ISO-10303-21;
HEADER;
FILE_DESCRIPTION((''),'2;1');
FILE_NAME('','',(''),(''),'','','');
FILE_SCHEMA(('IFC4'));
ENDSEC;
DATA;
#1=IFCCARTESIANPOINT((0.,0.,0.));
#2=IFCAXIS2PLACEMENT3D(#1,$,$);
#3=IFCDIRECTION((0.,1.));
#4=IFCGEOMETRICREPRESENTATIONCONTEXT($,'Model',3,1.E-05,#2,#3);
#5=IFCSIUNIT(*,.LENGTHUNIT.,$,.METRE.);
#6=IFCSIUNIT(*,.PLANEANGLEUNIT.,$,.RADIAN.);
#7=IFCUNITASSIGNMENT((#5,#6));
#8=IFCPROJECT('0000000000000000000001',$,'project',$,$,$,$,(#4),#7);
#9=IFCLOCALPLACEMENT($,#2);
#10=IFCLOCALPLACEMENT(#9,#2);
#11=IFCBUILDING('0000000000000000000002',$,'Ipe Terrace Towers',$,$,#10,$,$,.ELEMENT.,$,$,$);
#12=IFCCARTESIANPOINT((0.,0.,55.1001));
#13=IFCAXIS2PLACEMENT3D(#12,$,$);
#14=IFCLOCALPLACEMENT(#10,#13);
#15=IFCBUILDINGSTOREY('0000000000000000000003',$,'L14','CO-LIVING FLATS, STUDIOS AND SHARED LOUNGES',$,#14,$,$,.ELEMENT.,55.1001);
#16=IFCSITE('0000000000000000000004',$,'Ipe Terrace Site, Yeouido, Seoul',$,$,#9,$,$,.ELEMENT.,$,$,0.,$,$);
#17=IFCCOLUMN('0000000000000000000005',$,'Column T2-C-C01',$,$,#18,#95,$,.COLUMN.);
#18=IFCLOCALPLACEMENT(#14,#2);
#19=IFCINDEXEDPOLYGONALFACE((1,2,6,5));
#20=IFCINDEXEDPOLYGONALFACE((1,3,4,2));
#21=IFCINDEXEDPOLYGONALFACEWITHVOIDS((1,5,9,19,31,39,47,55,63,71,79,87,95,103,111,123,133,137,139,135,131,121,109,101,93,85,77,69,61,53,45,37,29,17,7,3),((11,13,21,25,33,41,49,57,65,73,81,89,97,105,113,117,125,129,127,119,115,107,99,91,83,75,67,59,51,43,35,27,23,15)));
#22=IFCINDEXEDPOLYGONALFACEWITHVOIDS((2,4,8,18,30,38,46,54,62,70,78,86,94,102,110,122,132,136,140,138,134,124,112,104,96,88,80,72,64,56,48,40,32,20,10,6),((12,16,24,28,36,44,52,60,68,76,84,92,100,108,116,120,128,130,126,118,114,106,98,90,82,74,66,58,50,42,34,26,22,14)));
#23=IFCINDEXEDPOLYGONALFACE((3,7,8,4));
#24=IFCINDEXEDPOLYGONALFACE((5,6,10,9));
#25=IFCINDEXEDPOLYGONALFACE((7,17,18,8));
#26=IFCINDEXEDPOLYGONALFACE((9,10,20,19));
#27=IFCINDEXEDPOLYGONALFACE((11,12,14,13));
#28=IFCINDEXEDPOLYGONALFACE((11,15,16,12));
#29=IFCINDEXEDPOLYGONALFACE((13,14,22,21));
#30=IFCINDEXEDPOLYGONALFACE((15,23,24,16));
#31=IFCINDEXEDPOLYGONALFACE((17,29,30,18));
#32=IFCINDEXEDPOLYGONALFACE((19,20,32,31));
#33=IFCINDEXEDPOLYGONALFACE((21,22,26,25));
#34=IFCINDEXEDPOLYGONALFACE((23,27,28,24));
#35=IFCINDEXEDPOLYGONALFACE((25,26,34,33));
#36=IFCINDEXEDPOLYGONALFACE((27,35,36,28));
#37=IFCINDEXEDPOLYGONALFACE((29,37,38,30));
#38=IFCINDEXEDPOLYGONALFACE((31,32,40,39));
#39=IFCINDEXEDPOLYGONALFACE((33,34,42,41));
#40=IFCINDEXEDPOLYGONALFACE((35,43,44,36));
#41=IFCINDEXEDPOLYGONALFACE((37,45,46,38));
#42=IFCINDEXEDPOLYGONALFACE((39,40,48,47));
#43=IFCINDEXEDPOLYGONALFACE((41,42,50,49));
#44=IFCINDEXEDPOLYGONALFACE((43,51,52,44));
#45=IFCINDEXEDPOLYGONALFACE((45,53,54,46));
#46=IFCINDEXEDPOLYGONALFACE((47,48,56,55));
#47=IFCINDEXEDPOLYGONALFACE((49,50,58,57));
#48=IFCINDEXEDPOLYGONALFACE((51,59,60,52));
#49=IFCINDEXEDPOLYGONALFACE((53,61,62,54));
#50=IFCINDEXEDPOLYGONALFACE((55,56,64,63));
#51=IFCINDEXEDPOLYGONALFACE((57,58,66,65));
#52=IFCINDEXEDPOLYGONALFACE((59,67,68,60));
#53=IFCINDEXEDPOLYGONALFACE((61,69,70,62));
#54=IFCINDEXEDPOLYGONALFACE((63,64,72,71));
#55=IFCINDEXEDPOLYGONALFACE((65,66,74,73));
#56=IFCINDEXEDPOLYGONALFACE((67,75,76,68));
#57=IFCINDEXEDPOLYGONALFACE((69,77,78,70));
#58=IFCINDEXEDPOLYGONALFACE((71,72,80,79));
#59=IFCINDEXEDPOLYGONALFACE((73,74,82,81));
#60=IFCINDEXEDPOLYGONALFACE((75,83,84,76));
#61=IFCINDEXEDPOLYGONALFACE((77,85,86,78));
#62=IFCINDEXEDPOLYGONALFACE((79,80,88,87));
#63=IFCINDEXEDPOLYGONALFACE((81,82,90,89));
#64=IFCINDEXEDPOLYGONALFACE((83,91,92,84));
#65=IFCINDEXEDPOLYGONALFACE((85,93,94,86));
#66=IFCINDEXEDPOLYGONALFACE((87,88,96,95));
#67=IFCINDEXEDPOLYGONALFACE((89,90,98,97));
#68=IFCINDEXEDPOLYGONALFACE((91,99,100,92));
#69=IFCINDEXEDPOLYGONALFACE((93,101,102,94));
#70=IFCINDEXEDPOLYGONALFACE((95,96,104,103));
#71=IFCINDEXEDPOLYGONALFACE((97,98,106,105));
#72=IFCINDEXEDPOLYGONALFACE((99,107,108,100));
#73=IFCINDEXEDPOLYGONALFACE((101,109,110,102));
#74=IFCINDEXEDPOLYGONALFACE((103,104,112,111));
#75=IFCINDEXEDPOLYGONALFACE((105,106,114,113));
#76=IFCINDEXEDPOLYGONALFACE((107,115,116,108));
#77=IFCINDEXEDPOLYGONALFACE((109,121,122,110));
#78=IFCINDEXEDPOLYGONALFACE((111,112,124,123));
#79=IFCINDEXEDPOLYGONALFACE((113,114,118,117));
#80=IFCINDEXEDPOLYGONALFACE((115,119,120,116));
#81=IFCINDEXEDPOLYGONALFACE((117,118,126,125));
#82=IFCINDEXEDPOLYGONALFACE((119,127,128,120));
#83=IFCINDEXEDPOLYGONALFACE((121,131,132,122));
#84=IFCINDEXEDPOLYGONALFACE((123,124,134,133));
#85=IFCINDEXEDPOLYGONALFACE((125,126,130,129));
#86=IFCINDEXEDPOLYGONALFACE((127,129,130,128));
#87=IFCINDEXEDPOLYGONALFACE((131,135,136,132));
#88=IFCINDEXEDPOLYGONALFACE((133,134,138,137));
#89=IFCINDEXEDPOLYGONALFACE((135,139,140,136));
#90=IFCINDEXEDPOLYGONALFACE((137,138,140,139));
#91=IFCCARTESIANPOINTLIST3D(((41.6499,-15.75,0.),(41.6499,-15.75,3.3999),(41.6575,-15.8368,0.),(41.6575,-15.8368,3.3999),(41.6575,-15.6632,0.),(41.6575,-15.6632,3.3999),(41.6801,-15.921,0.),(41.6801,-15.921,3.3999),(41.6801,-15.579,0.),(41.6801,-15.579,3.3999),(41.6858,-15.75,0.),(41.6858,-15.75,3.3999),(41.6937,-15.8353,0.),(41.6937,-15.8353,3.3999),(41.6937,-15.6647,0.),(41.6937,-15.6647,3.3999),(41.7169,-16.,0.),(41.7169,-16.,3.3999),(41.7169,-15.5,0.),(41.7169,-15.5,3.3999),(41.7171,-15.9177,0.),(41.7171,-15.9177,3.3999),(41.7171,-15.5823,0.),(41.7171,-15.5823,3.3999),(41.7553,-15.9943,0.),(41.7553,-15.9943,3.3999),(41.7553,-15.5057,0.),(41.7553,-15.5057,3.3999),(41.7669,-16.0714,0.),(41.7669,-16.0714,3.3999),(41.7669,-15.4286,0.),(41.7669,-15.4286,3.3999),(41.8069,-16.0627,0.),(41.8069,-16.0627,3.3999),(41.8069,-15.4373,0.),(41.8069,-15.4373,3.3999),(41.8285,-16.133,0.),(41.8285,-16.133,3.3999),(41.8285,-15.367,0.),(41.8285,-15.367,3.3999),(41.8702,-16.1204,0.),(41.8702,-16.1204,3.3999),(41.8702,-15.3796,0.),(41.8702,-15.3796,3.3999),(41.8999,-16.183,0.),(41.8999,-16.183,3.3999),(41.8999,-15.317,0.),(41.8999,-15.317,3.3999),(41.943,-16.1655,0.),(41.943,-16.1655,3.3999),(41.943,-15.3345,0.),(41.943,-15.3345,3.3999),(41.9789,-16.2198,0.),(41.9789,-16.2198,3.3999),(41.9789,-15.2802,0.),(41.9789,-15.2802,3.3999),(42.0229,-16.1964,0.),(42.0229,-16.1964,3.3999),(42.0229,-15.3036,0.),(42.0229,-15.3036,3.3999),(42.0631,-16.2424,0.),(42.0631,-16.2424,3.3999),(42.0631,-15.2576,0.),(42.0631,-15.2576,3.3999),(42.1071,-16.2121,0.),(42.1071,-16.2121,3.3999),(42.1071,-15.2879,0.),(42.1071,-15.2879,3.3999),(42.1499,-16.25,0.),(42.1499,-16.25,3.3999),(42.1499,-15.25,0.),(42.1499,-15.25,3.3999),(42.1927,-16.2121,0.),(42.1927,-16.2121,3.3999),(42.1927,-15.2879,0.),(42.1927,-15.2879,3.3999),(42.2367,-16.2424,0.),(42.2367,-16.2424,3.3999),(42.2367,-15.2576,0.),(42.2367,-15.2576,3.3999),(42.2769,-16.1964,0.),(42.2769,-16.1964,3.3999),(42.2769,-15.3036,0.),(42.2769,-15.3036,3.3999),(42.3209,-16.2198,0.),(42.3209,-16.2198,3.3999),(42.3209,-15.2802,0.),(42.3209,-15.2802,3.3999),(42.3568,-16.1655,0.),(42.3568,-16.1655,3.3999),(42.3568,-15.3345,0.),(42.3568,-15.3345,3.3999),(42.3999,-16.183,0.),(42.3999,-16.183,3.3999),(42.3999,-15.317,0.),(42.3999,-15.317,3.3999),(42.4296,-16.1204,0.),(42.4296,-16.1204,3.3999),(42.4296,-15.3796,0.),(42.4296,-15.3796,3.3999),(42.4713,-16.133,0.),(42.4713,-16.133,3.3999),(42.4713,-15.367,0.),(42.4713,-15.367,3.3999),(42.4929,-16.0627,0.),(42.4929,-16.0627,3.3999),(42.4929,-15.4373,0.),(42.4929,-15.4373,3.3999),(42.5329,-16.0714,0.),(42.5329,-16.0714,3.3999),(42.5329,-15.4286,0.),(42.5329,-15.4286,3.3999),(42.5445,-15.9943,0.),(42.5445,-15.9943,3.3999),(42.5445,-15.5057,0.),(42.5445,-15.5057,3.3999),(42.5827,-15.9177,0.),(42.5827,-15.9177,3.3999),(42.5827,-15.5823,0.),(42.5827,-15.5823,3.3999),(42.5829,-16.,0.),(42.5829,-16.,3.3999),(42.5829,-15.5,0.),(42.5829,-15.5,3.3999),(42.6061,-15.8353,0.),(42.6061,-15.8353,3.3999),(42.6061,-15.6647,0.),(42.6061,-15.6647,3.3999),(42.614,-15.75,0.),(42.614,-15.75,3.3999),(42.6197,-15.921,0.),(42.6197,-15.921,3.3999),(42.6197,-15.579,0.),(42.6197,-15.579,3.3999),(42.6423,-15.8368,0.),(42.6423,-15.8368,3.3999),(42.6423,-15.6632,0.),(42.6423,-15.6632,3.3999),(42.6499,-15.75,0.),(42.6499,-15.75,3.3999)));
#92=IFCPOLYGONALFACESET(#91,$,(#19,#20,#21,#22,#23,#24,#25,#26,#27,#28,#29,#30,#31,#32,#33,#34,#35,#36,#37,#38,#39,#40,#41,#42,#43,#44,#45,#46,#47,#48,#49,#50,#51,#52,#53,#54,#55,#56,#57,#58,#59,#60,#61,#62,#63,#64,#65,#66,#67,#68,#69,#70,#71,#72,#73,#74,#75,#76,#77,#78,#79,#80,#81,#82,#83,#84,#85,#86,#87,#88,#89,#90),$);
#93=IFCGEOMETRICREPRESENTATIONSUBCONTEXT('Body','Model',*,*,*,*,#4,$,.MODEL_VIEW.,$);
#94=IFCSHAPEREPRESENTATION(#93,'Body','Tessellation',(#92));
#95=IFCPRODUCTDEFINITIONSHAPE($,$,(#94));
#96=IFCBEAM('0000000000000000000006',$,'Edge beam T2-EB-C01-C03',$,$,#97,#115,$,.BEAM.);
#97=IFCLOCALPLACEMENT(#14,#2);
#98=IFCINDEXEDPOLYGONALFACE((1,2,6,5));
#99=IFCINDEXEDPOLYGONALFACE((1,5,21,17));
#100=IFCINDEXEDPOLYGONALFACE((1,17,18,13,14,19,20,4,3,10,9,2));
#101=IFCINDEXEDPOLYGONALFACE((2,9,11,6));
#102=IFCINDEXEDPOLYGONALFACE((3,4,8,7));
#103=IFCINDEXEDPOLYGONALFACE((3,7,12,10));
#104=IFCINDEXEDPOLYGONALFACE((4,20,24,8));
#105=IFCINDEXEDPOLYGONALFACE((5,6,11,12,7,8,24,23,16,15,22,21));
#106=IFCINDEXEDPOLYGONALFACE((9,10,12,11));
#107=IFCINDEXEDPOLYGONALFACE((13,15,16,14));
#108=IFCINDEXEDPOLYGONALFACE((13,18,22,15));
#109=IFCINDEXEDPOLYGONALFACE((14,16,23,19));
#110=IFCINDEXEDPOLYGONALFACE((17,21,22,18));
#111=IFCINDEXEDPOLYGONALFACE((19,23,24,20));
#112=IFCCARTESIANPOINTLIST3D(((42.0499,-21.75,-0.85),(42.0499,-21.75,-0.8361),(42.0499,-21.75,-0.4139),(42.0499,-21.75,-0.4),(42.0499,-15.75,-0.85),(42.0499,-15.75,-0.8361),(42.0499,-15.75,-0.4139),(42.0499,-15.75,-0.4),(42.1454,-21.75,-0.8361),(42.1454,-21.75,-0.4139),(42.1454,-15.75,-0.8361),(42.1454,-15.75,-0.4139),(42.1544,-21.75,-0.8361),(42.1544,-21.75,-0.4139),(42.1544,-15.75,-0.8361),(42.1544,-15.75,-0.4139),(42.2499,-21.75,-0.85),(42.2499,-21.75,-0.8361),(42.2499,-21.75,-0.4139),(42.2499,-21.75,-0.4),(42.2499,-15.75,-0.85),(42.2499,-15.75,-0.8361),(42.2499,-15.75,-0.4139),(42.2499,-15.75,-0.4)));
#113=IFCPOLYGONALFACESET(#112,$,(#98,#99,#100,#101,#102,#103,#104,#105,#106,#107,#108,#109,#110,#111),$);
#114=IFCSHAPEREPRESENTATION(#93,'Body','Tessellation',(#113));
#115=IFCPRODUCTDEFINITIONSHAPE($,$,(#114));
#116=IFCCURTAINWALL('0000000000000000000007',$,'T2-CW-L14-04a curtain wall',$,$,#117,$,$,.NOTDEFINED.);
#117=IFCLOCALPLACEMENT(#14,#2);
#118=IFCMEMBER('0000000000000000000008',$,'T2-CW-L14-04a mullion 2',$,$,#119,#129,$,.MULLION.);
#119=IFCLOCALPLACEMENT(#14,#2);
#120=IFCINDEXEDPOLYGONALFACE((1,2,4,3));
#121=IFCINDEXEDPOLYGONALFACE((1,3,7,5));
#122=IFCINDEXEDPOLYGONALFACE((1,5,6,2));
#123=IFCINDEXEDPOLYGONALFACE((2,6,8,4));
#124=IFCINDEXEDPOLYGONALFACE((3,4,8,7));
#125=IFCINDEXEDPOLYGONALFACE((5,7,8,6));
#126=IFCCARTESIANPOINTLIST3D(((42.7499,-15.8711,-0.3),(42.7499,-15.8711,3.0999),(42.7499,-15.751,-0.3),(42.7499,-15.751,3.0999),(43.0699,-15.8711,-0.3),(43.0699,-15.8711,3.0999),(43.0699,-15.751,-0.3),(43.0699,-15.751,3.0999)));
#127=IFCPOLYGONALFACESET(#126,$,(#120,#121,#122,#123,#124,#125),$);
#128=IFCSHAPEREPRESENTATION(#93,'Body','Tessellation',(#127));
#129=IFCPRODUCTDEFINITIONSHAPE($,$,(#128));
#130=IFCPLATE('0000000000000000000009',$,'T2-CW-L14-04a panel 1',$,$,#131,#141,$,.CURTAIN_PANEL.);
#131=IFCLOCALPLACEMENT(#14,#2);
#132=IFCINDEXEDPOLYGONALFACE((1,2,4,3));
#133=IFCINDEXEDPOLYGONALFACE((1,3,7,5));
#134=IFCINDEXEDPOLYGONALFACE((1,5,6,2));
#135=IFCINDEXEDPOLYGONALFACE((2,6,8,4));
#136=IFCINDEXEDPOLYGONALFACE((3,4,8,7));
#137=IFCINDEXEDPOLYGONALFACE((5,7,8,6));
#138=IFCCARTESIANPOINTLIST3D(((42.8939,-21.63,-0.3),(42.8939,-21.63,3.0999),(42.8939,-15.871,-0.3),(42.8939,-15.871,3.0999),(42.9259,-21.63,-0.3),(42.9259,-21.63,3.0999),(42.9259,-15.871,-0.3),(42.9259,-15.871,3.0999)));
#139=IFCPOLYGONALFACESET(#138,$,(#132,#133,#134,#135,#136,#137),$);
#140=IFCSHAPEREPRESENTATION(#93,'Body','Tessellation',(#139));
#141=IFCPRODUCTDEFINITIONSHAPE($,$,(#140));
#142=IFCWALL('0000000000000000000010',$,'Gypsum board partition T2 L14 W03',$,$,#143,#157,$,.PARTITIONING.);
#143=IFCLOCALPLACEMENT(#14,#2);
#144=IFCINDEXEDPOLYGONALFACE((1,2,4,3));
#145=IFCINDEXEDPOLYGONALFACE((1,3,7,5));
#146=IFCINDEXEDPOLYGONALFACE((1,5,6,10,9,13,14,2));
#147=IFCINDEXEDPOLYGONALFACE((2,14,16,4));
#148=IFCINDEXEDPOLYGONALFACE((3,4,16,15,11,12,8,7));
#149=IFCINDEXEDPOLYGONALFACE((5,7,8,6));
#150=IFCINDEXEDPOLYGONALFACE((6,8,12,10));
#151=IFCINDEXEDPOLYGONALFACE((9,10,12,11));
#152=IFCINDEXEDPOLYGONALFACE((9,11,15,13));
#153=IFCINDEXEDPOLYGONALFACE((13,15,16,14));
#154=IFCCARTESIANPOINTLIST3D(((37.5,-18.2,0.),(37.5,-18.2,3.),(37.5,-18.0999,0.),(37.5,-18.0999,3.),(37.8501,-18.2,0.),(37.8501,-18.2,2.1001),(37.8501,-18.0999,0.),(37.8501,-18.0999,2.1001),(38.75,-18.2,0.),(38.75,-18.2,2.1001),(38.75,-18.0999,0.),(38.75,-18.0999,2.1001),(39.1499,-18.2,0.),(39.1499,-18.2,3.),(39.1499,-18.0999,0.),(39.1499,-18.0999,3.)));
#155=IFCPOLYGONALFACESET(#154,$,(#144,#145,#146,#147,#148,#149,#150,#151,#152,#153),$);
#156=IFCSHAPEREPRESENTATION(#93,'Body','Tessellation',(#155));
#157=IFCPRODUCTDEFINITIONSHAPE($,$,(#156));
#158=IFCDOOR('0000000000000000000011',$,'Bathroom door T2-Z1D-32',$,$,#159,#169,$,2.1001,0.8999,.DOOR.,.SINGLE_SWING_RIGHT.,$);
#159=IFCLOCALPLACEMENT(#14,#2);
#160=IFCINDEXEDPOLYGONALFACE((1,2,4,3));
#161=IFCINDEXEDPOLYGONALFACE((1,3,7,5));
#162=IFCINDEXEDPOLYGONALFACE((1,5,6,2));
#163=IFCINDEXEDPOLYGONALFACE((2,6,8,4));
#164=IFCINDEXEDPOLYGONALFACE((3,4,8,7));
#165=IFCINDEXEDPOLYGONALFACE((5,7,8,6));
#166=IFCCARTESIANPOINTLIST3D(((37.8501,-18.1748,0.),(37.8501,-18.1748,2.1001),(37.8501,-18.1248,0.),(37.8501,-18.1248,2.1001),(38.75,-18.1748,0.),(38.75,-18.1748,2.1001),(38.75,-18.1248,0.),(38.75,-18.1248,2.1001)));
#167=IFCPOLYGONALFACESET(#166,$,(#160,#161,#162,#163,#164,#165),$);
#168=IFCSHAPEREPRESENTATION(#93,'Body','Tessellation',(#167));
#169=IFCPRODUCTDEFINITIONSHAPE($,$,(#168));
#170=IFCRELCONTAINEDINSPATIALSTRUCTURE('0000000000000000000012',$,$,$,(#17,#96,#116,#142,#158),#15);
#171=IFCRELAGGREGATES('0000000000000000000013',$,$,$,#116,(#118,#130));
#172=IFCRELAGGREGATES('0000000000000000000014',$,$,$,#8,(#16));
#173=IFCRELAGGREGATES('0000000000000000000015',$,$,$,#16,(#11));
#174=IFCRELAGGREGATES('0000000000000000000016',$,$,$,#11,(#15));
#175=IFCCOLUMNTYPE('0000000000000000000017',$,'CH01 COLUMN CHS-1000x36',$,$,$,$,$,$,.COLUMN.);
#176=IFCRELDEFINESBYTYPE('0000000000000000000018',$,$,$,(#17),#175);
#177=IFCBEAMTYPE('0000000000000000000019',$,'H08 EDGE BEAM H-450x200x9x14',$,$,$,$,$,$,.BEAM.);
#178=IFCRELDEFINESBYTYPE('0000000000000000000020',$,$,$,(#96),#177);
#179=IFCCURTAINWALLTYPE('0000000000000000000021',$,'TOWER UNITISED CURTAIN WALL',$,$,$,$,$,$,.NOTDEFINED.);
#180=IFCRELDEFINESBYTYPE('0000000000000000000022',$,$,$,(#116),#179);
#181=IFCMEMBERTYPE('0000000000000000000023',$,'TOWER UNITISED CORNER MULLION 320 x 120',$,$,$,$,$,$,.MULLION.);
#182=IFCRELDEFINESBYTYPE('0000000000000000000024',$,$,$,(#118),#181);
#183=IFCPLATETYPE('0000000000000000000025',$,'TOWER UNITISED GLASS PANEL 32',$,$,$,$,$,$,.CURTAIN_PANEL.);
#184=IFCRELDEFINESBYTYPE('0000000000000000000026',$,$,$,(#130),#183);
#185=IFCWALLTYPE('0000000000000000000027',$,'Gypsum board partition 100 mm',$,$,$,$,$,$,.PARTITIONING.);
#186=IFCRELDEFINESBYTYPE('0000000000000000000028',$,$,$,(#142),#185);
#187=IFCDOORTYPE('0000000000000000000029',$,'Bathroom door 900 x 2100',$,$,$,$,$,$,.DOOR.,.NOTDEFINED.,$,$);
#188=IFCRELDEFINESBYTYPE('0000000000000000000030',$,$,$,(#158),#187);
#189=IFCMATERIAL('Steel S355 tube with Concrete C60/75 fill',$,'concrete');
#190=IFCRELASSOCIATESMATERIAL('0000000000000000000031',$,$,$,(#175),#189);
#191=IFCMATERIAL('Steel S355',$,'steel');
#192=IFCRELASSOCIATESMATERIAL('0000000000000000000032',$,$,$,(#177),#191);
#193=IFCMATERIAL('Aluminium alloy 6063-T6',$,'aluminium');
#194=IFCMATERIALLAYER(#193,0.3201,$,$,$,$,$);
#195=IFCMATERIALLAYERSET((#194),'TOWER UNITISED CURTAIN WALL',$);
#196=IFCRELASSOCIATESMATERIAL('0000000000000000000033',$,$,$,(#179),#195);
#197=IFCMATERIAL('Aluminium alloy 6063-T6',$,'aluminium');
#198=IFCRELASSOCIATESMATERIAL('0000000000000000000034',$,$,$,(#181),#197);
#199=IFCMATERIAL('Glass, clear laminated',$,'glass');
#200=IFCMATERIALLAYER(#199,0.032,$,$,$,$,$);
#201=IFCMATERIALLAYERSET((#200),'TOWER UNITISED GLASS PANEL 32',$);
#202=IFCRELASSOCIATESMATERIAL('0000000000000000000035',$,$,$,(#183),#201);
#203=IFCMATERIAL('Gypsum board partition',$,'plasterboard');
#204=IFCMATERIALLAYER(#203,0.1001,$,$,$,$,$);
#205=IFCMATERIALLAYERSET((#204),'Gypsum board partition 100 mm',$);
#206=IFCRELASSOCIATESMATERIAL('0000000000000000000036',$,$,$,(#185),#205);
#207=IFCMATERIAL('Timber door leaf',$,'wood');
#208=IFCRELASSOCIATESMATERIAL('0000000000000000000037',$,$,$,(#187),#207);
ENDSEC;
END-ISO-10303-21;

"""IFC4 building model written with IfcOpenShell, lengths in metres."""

from ifc_helpers import new_model, si_unit, direction, frame, frame_2d, origin, origin_2d, place, context, subcontext, project, spatial, rectangle, hollow_circle, i_section, extrude, material, layer, layer_set, material_profile, profile_set, type_object, element, fill, aggregate, save


model = new_model("IFC4")

# Units and contexts
model_context = context("Model", 3, precision=1e-05, world=origin(), true_north=direction((0.0, 1.0)))
body_context = subcontext(model_context, "Body", "Model", "MODEL_VIEW")
ifc_project = project(units=[si_unit("LENGTHUNIT", "METRE"), si_unit("PLANEANGLEUNIT", "RADIAN")], contexts=[model_context])

# Site, building, storey
site_placement = place(None, origin())
site = spatial("IfcSite", under=ifc_project, at=site_placement, Name="Ipe Terrace Site, Yeouido, Seoul", CompositionType="ELEMENT", RefElevation=0.0)
building_placement = place(site_placement, origin())
building = spatial("IfcBuilding", under=site, at=building_placement, Name="Ipe Terrace Towers", CompositionType="ELEMENT")
storey_placement = place(building_placement, frame((0.0, 0.0, 55.1001)))
storey = spatial("IfcBuildingStorey", under=building, at=storey_placement, Name="L14", Description="CO-LIVING FLATS, STUDIOS AND SHARED LOUNGES", CompositionType="ELEMENT", Elevation=55.1001)

# Column
ifc_material_1 = material(Name="Steel S355 tube with Concrete C60/75 fill", Category="concrete")
ifc_material_profile_1 = material_profile(ifc_material_1, hollow_circle(Radius=0.5, WallThickness=0.0359, at=origin_2d()), Name="CHS-1000x36")
ifc_profile_set_1 = profile_set([ifc_material_profile_1], Name="Steel S355 tube with Concrete C60/75 fill")
column_type = type_object("IfcColumnType", Name="CH01 COLUMN CHS-1000x36", PredefinedType="COLUMN", material=ifc_profile_set_1)
column_placement = place(storey_placement, frame((42.1499, -15.75, 0.0), z_axis=(0.0, 0.0, 1.0), x_axis=(1.0, 0.0, 0.0)))
element("IfcColumn", 1, at=column_placement, inside=storey, type_object=column_type, Name="Column T2-C-C01", PredefinedType="COLUMN", context=body_context, shape_type="SweptSolid", body=[
    extrude(hollow_circle(Radius=0.5, WallThickness=0.0359, at=origin_2d()), origin(), (0.0, 0.0, 1.0), 3.3999),
])

# Beam
ifc_material_2 = material(Name="Steel S355", Category="steel")
ifc_material_profile_2 = material_profile(ifc_material_2, i_section(OverallWidth=0.2, OverallDepth=0.45, WebThickness=0.009, FlangeThickness=0.0139, at=origin_2d()), Name="H-450x200x9x14")
ifc_profile_set_2 = profile_set([ifc_material_profile_2], Name="Steel S355")
beam_type = type_object("IfcBeamType", Name="H08 EDGE BEAM H-450x200x9x14", PredefinedType="BEAM", material=ifc_profile_set_2)
beam_placement = place(storey_placement, frame((42.1499, -15.75, -0.625), z_axis=(0.0, -1.0, 0.0), x_axis=(1.0, 0.0, 0.0)))
element("IfcBeam", 2, at=beam_placement, inside=storey, type_object=beam_type, Name="Edge beam T2-EB-C01-C03", PredefinedType="BEAM", context=body_context, shape_type="SweptSolid", body=[
    extrude(i_section(OverallWidth=0.2, OverallDepth=0.45, WebThickness=0.009, FlangeThickness=0.0139, at=origin_2d()), origin(), (0.0, 0.0, 1.0), 6.0),
])

# Curtain wall, member, plate
ifc_material_3 = material(Name="Aluminium alloy 6063-T6", Category="aluminium")
ifc_layer_1 = layer(ifc_material_3, 0.3201)
ifc_layer_set_1 = layer_set([ifc_layer_1], Name="TOWER UNITISED CURTAIN WALL")
curtain_wall_type = type_object("IfcCurtainWallType", Name="TOWER UNITISED CURTAIN WALL", PredefinedType="NOTDEFINED", material=ifc_layer_set_1)
curtain_wall_placement = place(storey_placement, origin())
curtain_wall = element("IfcCurtainWall", 3, at=curtain_wall_placement, inside=storey, type_object=curtain_wall_type, Name="T2-CW-L14-04a curtain wall", PredefinedType="NOTDEFINED")
ifc_material_4 = material(Name="Aluminium alloy 6063-T6", Category="aluminium")
ifc_material_profile_3 = material_profile(ifc_material_4, rectangle(XDim=0.3201, YDim=0.1201, at=origin_2d()), Name="TOWER UNITISED CORNER MULLION 320 x 120")
ifc_profile_set_3 = profile_set([ifc_material_profile_3], Name="Aluminium alloy 6063-T6")
member_type = type_object("IfcMemberType", Name="TOWER UNITISED CORNER MULLION 320 x 120", PredefinedType="MULLION", material=ifc_profile_set_3)
member_placement = place(storey_placement, frame((42.9099, -15.811, -0.3), z_axis=(0.0, 0.0, 1.0), x_axis=(1.0, 0.0, 0.0)))
member = element("IfcMember", 4, at=member_placement, type_object=member_type, Name="T2-CW-L14-04a mullion 2", PredefinedType="MULLION", context=body_context, shape_type="SweptSolid", body=[
    extrude(rectangle(XDim=0.3201, YDim=0.1201, at=origin_2d()), origin(), (0.0, 0.0, 1.0), 3.3999),
])
ifc_material_5 = material(Name="Glass, clear laminated", Category="glass")
ifc_layer_2 = layer(ifc_material_5, 0.032)
ifc_layer_set_2 = layer_set([ifc_layer_2], Name="TOWER UNITISED GLASS PANEL 32")
plate_type = type_object("IfcPlateType", Name="TOWER UNITISED GLASS PANEL 32", PredefinedType="CURTAIN_PANEL", material=ifc_layer_set_2)
plate_placement = place(storey_placement, frame((42.9099, -18.7505, -0.3), z_axis=(0.0, 0.0, 1.0), x_axis=(0.0, 1.0, 0.0)))
plate = element("IfcPlate", 5, at=plate_placement, type_object=plate_type, Name="T2-CW-L14-04a panel 1", PredefinedType="CURTAIN_PANEL", context=body_context, shape_type="SweptSolid", body=[
    extrude(rectangle(XDim=5.759, YDim=0.032, at=origin_2d()), origin(), (0.0, 0.0, 1.0), 3.3999),
])
aggregate(curtain_wall, [member, plate])

# Wall, opening, door
ifc_material_6 = material(Name="Gypsum board partition", Category="plasterboard")
ifc_layer_3 = layer(ifc_material_6, 0.1001)
ifc_layer_set_3 = layer_set([ifc_layer_3], Name="Gypsum board partition 100 mm")
wall_type_1 = type_object("IfcWallType", Name="Gypsum board partition 100 mm", PredefinedType="PARTITIONING", material=ifc_layer_set_3)
wall_1_placement = place(storey_placement, frame((39.1499, -18.1499, 0.0), z_axis=(0.0, 0.0, 1.0), x_axis=(-1.0, 0.0, 0.0)))
wall_1 = element("IfcWall", 6, at=wall_1_placement, inside=storey, type_object=wall_type_1, Name="Gypsum board partition T2 L14 W03", PredefinedType="PARTITIONING", context=body_context, shape_type="SweptSolid", body=[
    extrude(rectangle(XDim=1.6499, YDim=0.1001, at=frame_2d((0.825, 0.0))), origin(), (0.0, 0.0, 1.0), 3.0),
])
opening_1_placement = place(wall_1_placement, frame((0.3999, 0.0, 0.0)))
opening_1 = element("IfcOpeningElement", 7, at=opening_1_placement, cuts=wall_1, PredefinedType="OPENING", context=body_context, shape_type="SweptSolid", body=[
    extrude(rectangle(XDim=0.8999, YDim=2.1001, at=frame_2d((0.45, 1.05))), frame((0.0, 0.0601, 0.0), z_axis=(0.0, -1.0, 0.0), x_axis=(1.0, 0.0, 0.0)), (0.0, 0.0, 1.0), 0.1201),
])
ifc_material_7 = material(Name="Timber door leaf", Category="wood")
door_type_1 = type_object("IfcDoorType", Name="Bathroom door 900 x 2100", OperationType="NOTDEFINED", PredefinedType="DOOR", material=ifc_material_7)
door_1_placement = place(opening_1_placement, origin())
door_1 = element("IfcDoor", 8, at=door_1_placement, inside=storey, type_object=door_type_1, Name="Bathroom door T2-Z1D-32", OperationType="SINGLE_SWING_RIGHT", OverallHeight=2.1001, OverallWidth=0.8999, PredefinedType="DOOR", context=body_context, shape_type="SweptSolid", body=[
    extrude(rectangle(XDim=0.8999, YDim=2.1001, at=frame_2d((0.45, 1.05))), frame((0.0, 0.0249, 0.0), z_axis=(0.0, -1.0, 0.0), x_axis=(1.0, 0.0, 0.0)), (0.0, 0.0, 1.0), 0.05),
])
fill(opening_1, door_1)

save(model, "model.ifc")
